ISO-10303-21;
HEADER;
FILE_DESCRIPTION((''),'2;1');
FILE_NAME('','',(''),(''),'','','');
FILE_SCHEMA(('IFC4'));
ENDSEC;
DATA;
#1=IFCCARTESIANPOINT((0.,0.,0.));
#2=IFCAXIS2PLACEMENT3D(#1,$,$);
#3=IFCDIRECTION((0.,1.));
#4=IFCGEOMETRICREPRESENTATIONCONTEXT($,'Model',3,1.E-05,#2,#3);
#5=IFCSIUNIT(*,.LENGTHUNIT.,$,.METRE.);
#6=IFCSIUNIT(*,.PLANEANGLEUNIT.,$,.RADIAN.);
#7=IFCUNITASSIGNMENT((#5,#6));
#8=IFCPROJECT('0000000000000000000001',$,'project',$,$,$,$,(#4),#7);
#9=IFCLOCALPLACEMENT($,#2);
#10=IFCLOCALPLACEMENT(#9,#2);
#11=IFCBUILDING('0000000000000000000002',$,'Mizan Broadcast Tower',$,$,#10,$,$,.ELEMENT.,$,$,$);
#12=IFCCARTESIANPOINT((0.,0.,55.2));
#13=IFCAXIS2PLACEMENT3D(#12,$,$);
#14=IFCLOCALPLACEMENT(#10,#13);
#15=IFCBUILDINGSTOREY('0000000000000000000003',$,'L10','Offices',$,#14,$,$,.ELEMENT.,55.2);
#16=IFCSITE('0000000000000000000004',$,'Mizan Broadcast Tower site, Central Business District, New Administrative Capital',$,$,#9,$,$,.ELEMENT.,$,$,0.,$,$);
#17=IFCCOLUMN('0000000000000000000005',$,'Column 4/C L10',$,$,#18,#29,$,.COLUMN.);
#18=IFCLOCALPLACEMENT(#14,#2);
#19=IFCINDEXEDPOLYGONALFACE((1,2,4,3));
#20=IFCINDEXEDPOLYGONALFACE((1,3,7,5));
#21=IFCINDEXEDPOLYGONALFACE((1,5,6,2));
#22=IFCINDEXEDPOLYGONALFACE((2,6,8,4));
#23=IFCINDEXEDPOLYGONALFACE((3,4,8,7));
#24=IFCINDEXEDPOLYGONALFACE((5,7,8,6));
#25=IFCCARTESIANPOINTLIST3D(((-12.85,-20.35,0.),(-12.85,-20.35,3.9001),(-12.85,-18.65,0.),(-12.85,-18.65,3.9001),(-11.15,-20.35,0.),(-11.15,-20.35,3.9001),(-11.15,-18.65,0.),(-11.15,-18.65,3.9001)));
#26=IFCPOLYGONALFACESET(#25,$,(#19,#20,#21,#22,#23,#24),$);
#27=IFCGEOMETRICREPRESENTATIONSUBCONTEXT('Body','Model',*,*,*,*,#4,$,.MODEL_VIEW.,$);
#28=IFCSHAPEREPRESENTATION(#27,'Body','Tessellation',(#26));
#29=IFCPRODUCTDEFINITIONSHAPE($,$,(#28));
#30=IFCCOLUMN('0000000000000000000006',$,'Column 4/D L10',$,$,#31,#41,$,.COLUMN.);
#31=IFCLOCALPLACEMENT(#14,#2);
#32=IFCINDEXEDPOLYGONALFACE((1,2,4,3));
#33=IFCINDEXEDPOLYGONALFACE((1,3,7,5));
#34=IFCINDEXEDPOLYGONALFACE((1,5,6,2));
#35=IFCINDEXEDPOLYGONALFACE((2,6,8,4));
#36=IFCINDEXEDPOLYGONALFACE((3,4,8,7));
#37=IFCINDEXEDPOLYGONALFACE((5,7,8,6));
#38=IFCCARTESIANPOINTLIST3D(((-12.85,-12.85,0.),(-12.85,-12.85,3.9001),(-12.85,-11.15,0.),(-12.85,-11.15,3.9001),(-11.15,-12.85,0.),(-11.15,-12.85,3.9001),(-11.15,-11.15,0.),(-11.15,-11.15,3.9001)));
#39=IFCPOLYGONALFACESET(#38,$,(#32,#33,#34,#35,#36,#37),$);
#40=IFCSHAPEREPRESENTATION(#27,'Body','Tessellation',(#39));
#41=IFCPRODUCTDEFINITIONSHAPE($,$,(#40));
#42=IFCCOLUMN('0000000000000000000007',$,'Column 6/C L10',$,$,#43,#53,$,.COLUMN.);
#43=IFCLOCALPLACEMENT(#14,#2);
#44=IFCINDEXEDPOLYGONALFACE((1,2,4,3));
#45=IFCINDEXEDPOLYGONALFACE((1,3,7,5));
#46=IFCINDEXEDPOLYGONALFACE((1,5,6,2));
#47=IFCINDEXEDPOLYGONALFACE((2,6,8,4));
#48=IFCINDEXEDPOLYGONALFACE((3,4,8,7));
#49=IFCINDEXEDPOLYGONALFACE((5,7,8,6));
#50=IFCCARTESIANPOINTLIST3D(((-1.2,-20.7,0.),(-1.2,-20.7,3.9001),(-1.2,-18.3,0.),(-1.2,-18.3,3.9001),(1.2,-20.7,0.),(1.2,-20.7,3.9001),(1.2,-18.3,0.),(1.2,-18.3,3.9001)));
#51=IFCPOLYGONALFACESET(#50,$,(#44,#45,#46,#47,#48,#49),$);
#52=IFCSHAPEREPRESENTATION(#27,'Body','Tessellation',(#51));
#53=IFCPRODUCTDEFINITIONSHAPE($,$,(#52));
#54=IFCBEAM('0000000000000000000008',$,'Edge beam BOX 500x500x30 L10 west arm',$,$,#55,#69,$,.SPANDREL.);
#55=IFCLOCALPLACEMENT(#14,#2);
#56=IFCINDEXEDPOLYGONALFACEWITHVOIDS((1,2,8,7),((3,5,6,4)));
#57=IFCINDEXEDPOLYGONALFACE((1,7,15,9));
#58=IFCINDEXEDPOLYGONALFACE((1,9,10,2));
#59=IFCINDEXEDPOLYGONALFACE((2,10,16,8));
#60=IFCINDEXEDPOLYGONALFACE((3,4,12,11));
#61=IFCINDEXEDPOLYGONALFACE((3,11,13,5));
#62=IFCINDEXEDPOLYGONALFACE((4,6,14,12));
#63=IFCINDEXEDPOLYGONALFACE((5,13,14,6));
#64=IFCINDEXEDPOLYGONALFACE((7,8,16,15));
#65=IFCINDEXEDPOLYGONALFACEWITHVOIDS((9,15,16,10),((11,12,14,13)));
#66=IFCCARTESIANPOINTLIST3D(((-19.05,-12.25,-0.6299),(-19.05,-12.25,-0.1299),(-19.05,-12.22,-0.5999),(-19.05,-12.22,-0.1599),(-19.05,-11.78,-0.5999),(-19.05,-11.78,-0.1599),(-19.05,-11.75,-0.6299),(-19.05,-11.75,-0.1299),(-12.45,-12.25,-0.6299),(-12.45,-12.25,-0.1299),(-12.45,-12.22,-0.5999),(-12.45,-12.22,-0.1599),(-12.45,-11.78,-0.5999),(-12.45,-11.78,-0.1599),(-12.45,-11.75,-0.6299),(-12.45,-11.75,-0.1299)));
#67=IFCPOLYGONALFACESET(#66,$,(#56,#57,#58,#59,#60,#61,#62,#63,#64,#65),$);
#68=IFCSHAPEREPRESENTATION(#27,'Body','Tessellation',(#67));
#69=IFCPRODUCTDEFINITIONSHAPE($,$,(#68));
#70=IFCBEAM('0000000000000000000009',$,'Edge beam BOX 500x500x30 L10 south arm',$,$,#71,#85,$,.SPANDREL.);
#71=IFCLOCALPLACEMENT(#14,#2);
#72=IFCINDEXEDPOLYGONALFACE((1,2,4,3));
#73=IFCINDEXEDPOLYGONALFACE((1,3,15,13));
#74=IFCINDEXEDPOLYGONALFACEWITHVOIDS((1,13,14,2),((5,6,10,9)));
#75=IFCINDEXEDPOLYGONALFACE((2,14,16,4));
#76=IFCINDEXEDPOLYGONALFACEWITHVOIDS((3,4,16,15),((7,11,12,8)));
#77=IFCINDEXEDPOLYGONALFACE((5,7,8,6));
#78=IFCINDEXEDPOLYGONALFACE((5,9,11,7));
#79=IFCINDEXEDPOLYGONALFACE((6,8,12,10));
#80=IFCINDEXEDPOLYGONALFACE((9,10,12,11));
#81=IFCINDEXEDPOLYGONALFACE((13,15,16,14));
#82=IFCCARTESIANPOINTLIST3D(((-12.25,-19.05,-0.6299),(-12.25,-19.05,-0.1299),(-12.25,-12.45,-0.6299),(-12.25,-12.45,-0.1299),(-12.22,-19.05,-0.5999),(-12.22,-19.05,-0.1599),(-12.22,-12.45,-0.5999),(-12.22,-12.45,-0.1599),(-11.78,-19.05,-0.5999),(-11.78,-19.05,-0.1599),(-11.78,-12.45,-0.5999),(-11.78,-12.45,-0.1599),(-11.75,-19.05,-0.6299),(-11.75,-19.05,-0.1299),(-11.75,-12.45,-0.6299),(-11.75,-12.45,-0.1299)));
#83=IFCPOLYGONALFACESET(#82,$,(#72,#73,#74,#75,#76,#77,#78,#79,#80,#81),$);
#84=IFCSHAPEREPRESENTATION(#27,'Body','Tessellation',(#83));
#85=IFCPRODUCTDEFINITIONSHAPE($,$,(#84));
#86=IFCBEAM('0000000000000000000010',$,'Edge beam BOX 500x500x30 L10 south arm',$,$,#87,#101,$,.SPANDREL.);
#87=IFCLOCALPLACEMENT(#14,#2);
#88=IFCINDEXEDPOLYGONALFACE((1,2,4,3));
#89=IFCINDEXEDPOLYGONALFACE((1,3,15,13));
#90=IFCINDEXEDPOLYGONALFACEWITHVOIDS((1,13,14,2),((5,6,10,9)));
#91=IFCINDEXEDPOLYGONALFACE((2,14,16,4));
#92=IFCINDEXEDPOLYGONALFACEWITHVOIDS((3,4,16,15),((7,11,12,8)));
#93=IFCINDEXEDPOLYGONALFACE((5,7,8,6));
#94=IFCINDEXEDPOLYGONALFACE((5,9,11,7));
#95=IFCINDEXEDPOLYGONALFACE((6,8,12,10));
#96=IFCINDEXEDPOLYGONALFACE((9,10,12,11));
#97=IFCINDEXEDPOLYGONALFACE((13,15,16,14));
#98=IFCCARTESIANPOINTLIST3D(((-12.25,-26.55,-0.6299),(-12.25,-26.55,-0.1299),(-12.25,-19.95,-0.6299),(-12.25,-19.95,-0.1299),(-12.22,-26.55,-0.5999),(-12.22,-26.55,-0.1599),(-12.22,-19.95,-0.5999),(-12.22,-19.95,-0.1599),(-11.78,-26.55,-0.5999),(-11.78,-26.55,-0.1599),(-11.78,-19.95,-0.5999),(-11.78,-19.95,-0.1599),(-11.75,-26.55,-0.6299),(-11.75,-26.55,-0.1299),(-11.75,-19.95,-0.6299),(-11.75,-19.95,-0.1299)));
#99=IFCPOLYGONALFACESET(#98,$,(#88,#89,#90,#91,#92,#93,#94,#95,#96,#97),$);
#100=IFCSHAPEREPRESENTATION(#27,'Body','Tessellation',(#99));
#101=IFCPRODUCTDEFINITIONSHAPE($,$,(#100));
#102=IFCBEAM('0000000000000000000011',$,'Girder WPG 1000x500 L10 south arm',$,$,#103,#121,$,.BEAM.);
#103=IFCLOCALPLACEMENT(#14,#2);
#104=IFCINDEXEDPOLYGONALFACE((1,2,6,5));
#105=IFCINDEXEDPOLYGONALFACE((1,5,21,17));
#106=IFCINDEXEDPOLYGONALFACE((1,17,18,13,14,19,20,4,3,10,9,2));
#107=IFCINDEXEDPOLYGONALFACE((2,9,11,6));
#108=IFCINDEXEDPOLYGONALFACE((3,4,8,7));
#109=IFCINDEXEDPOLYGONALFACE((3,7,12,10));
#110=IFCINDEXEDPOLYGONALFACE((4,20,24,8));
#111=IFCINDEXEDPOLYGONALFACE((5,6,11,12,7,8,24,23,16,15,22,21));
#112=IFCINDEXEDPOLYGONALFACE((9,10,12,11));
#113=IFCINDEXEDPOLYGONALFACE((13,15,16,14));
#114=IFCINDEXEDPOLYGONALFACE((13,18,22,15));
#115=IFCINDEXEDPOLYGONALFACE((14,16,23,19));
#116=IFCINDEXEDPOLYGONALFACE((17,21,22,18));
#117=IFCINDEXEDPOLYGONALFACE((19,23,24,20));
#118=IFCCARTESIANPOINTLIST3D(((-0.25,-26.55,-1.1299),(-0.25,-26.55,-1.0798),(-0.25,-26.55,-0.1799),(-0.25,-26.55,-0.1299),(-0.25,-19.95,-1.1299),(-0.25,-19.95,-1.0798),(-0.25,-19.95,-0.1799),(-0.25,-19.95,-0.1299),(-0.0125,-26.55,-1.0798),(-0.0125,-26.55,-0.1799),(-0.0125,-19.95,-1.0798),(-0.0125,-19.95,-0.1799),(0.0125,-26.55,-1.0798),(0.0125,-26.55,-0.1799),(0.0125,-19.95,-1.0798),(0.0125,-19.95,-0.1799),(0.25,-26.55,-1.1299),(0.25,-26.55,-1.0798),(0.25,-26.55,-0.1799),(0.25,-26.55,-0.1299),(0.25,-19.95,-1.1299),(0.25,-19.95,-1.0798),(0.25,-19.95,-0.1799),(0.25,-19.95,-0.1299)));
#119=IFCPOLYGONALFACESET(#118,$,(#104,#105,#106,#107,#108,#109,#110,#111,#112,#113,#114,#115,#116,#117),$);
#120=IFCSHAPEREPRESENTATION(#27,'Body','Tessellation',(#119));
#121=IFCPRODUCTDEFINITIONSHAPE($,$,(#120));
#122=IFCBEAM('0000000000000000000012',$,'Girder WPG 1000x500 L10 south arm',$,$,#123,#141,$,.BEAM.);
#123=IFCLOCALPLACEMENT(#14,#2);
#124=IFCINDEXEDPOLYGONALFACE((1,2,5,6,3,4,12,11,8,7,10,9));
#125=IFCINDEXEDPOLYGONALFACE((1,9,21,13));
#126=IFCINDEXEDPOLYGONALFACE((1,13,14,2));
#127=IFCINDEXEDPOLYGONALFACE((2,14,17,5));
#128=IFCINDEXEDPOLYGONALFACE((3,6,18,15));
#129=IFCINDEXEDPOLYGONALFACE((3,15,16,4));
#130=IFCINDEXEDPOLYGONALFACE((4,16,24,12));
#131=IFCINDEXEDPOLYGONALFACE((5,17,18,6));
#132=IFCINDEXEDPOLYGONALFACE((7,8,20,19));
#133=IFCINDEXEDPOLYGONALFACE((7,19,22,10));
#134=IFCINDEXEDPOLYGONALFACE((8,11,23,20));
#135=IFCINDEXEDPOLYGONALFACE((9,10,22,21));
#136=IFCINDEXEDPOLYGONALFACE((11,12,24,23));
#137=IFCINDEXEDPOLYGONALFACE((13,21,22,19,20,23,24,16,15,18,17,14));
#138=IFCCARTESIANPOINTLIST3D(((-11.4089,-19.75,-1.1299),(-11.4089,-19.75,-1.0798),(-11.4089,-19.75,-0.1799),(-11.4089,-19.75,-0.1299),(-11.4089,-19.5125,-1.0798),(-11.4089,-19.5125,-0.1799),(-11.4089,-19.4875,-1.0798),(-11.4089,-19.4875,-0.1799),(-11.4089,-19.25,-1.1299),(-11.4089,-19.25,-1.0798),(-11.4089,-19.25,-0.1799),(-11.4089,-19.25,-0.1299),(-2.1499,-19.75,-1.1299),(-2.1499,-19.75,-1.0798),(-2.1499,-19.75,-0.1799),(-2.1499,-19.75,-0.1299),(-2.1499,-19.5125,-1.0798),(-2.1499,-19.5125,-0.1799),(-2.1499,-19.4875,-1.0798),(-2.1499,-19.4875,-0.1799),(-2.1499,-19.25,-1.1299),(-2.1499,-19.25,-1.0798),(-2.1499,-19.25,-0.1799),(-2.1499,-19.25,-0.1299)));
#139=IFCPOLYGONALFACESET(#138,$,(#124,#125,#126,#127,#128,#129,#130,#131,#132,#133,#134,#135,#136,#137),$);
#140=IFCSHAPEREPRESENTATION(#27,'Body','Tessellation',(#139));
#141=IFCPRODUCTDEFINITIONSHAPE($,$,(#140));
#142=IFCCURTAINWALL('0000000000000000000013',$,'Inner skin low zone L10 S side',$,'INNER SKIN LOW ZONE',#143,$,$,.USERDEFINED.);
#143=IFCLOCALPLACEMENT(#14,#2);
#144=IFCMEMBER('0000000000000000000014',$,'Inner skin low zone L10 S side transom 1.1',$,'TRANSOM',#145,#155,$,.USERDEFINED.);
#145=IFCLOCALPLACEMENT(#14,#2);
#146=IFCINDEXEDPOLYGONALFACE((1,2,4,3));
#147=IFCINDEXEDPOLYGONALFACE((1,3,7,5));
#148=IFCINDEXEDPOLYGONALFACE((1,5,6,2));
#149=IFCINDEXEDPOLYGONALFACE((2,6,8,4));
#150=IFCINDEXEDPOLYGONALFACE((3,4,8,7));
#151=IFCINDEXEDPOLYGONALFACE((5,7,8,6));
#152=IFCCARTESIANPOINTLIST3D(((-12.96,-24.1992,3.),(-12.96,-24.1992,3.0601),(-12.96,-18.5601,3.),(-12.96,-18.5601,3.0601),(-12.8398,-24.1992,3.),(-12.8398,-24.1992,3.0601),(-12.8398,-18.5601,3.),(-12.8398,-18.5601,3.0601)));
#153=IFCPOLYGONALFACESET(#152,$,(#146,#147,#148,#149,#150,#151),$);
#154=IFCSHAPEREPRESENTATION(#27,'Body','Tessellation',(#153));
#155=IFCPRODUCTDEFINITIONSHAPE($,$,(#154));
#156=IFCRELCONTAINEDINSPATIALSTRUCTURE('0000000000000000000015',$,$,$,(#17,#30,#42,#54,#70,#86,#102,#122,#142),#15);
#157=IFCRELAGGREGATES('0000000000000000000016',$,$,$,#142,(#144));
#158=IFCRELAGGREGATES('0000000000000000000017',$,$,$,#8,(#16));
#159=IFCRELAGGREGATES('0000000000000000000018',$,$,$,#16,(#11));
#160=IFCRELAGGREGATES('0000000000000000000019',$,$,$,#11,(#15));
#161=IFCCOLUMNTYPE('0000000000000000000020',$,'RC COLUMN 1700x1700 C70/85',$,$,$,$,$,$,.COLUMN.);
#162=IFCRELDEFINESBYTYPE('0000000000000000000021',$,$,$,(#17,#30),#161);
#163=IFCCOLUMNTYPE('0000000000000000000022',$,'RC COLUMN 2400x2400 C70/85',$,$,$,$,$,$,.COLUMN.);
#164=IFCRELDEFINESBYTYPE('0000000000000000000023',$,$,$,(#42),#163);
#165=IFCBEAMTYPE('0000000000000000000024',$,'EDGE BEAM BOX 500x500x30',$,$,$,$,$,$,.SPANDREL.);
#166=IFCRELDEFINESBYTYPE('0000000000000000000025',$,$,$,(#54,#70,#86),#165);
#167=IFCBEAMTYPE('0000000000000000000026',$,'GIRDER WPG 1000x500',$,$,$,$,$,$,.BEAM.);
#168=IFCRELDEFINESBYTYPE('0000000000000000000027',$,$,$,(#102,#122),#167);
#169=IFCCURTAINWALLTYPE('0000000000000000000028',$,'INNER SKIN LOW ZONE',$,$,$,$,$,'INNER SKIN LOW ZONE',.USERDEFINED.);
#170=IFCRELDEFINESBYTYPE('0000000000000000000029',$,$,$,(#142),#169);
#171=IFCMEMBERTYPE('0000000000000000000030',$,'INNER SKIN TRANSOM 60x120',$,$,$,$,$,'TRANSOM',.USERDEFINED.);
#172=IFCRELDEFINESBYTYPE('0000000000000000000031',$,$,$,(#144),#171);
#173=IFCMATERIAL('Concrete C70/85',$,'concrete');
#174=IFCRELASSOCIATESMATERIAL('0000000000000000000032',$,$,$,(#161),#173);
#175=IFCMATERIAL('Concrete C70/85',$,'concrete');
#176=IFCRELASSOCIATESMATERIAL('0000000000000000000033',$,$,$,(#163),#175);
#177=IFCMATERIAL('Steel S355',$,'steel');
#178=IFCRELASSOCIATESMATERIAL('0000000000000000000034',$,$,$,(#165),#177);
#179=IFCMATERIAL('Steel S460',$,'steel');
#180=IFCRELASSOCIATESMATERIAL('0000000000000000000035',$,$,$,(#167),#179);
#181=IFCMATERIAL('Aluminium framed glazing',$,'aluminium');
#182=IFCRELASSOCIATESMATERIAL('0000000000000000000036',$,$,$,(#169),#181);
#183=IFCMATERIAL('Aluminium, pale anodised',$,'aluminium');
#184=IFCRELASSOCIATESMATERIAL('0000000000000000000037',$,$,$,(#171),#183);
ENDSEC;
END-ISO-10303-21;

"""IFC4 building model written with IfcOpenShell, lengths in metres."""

from ifc_helpers import new_model, si_unit, direction, frame, origin, origin_2d, place, context, subcontext, project, spatial, rectangle, hollow_rectangle, i_section, extrude, material, material_profile, profile_set, type_object, element, aggregate, save


model = new_model("IFC4")

# Units and contexts
model_context = context("Model", 3, precision=1e-05, world=origin(), true_north=direction((0.0, 1.0)))
body_context = subcontext(model_context, "Body", "Model", "MODEL_VIEW")
ifc_project = project(units=[si_unit("LENGTHUNIT", "METRE"), si_unit("PLANEANGLEUNIT", "RADIAN")], contexts=[model_context])

# Site, building, storey
site_placement = place(None, origin())
site = spatial("IfcSite", under=ifc_project, at=site_placement, Name="Mizan Broadcast Tower site, Central Business District, New Administrative Capital", CompositionType="ELEMENT", RefElevation=0.0)
building_placement = place(site_placement, origin())
building = spatial("IfcBuilding", under=site, at=building_placement, Name="Mizan Broadcast Tower", CompositionType="ELEMENT")
storey_placement = place(building_placement, frame((0.0, 0.0, 55.2)))
storey = spatial("IfcBuildingStorey", under=building, at=storey_placement, Name="L10", Description="Offices", CompositionType="ELEMENT", Elevation=55.2)

# Columns
ifc_material_1 = material(Name="Concrete C70/85", Category="concrete")
ifc_material_profile_1 = material_profile(ifc_material_1, rectangle(XDim=1.7, YDim=1.7, at=origin_2d()), Name="RC 1700x1700")
ifc_profile_set_1 = profile_set([ifc_material_profile_1], Name="Concrete C70/85")
column_type_1 = type_object("IfcColumnType", Name="RC COLUMN 1700x1700 C70/85", PredefinedType="COLUMN", material=ifc_profile_set_1)
for number, where, z_axis, x_axis, name in (
    (1, (-12.0, -19.5, 0.0), (0.0, 0.0, 1.0), (1.0, 0.0, 0.0), "Column 4/C L10"),
    (2, (-12.0, -12.0, 0.0), (0.0, 0.0, 1.0), (1.0, 0.0, 0.0), "Column 4/D L10"),
):
    element("IfcColumn", number, at=place(storey_placement, frame(where, z_axis=z_axis, x_axis=x_axis)), inside=storey, type_object=column_type_1, Name=name, PredefinedType="COLUMN", context=body_context, shape_type="SweptSolid", body=[
        extrude(rectangle(XDim=1.7, YDim=1.7, at=origin_2d()), origin(), (0.0, 0.0, 1.0), 3.9001),
    ])
ifc_material_2 = material(Name="Concrete C70/85", Category="concrete")
ifc_material_profile_2 = material_profile(ifc_material_2, rectangle(XDim=2.3999, YDim=2.3999, at=origin_2d()), Name="RC 2400x2400")
ifc_profile_set_2 = profile_set([ifc_material_profile_2], Name="Concrete C70/85")
column_type_2 = type_object("IfcColumnType", Name="RC COLUMN 2400x2400 C70/85", PredefinedType="COLUMN", material=ifc_profile_set_2)
column_placement = place(storey_placement, frame((0.0, -19.5, 0.0), z_axis=(0.0, 0.0, 1.0), x_axis=(1.0, 0.0, 0.0)))
element("IfcColumn", 3, at=column_placement, inside=storey, type_object=column_type_2, Name="Column 6/C L10", PredefinedType="COLUMN", context=body_context, shape_type="SweptSolid", body=[
    extrude(rectangle(XDim=2.3999, YDim=2.3999, at=origin_2d()), origin(), (0.0, 0.0, 1.0), 3.9001),
])

# Beams
ifc_material_3 = material(Name="Steel S355", Category="steel")
ifc_material_profile_3 = material_profile(ifc_material_3, hollow_rectangle(XDim=0.5, YDim=0.5, WallThickness=0.03, at=origin_2d()), Name="BOX 500x500x30")
ifc_profile_set_3 = profile_set([ifc_material_profile_3], Name="Steel S355")
beam_type_1 = type_object("IfcBeamType", Name="EDGE BEAM BOX 500x500x30", PredefinedType="SPANDREL", material=ifc_profile_set_3)
for number, where, z_axis, x_axis, name in (
    (4, (-12.45, -12.0, -0.3799), (-1.0, 0.0, 0.0), (0.0, -1.0, 0.0), "Edge beam BOX 500x500x30 L10 west arm"),
    (5, (-12.0, -12.45, -0.3799), (0.0, -1.0, 0.0), (1.0, 0.0, 0.0), "Edge beam BOX 500x500x30 L10 south arm"),
    (6, (-12.0, -19.95, -0.3799), (0.0, -1.0, 0.0), (1.0, 0.0, 0.0), "Edge beam BOX 500x500x30 L10 south arm"),
):
    element("IfcBeam", number, at=place(storey_placement, frame(where, z_axis=z_axis, x_axis=x_axis)), inside=storey, type_object=beam_type_1, Name=name, PredefinedType="SPANDREL", context=body_context, shape_type="SweptSolid", body=[
        extrude(hollow_rectangle(XDim=0.5, YDim=0.5, WallThickness=0.03, at=origin_2d()), origin(), (0.0, 0.0, 1.0), 6.6001),
    ])
ifc_material_4 = material(Name="Steel S460", Category="steel")
ifc_material_profile_4 = material_profile(ifc_material_4, i_section(OverallWidth=0.5, OverallDepth=1.0, WebThickness=0.0249, FlangeThickness=0.05, at=origin_2d()), Name="WPG 1000x500")
ifc_profile_set_4 = profile_set([ifc_material_profile_4], Name="Steel S460")
beam_type_2 = type_object("IfcBeamType", Name="GIRDER WPG 1000x500", PredefinedType="BEAM", material=ifc_profile_set_4)
beam_1_placement = place(storey_placement, frame((0.0, -19.95, -0.6299), z_axis=(0.0, -1.0, 0.0), x_axis=(1.0, 0.0, 0.0)))
element("IfcBeam", 7, at=beam_1_placement, inside=storey, type_object=beam_type_2, Name="Girder WPG 1000x500 L10 south arm", PredefinedType="BEAM", context=body_context, shape_type="SweptSolid", body=[
    extrude(i_section(OverallWidth=0.5, OverallDepth=1.0, WebThickness=0.0249, FlangeThickness=0.05, at=origin_2d()), origin(), (0.0, 0.0, 1.0), 6.6001),
])
beam_2_placement = place(storey_placement, frame((-11.4089, -19.5, -0.6299), z_axis=(1.0, 0.0, 0.0), x_axis=(0.0, 1.0, 0.0)))
element("IfcBeam", 8, at=beam_2_placement, inside=storey, type_object=beam_type_2, Name="Girder WPG 1000x500 L10 south arm", PredefinedType="BEAM", context=body_context, shape_type="SweptSolid", body=[
    extrude(i_section(OverallWidth=0.5, OverallDepth=1.0, WebThickness=0.0249, FlangeThickness=0.05, at=origin_2d()), origin(), (0.0, 0.0, 1.0), 9.259),
])

# Curtain wall, member
ifc_material_5 = material(Name="Aluminium framed glazing", Category="aluminium")
curtain_wall_type = type_object("IfcCurtainWallType", Name="INNER SKIN LOW ZONE", ElementType="INNER SKIN LOW ZONE", PredefinedType="USERDEFINED", material=ifc_material_5)
curtain_wall_placement = place(storey_placement, origin())
curtain_wall = element("IfcCurtainWall", 9, at=curtain_wall_placement, inside=storey, type_object=curtain_wall_type, Name="Inner skin low zone L10 S side", ObjectType="INNER SKIN LOW ZONE", PredefinedType="USERDEFINED")
ifc_material_6 = material(Name="Aluminium, pale anodised", Category="aluminium")
ifc_material_profile_5 = material_profile(ifc_material_6, rectangle(XDim=0.1201, YDim=0.0601, at=origin_2d()), Name="TRANSOM 120x60")
ifc_profile_set_5 = profile_set([ifc_material_profile_5], Name="Aluminium, pale anodised")
member_type = type_object("IfcMemberType", Name="INNER SKIN TRANSOM 60x120", ElementType="TRANSOM", PredefinedType="USERDEFINED", material=ifc_profile_set_5)
member_placement = place(storey_placement, frame((-12.8999, -18.5601, 3.03), z_axis=(0.0, -1.0, 0.0), x_axis=(1.0, 0.0, 0.0)))
member = element("IfcMember", 10, at=member_placement, type_object=member_type, Name="Inner skin low zone L10 S side transom 1.1", ObjectType="TRANSOM", PredefinedType="USERDEFINED", context=body_context, shape_type="SweptSolid", body=[
    extrude(rectangle(XDim=0.1201, YDim=0.0601, at=origin_2d()), origin(), (0.0, 0.0, 1.0), 5.6392),
])

aggregate(curtain_wall, [member])

save(model, "model.ifc")
